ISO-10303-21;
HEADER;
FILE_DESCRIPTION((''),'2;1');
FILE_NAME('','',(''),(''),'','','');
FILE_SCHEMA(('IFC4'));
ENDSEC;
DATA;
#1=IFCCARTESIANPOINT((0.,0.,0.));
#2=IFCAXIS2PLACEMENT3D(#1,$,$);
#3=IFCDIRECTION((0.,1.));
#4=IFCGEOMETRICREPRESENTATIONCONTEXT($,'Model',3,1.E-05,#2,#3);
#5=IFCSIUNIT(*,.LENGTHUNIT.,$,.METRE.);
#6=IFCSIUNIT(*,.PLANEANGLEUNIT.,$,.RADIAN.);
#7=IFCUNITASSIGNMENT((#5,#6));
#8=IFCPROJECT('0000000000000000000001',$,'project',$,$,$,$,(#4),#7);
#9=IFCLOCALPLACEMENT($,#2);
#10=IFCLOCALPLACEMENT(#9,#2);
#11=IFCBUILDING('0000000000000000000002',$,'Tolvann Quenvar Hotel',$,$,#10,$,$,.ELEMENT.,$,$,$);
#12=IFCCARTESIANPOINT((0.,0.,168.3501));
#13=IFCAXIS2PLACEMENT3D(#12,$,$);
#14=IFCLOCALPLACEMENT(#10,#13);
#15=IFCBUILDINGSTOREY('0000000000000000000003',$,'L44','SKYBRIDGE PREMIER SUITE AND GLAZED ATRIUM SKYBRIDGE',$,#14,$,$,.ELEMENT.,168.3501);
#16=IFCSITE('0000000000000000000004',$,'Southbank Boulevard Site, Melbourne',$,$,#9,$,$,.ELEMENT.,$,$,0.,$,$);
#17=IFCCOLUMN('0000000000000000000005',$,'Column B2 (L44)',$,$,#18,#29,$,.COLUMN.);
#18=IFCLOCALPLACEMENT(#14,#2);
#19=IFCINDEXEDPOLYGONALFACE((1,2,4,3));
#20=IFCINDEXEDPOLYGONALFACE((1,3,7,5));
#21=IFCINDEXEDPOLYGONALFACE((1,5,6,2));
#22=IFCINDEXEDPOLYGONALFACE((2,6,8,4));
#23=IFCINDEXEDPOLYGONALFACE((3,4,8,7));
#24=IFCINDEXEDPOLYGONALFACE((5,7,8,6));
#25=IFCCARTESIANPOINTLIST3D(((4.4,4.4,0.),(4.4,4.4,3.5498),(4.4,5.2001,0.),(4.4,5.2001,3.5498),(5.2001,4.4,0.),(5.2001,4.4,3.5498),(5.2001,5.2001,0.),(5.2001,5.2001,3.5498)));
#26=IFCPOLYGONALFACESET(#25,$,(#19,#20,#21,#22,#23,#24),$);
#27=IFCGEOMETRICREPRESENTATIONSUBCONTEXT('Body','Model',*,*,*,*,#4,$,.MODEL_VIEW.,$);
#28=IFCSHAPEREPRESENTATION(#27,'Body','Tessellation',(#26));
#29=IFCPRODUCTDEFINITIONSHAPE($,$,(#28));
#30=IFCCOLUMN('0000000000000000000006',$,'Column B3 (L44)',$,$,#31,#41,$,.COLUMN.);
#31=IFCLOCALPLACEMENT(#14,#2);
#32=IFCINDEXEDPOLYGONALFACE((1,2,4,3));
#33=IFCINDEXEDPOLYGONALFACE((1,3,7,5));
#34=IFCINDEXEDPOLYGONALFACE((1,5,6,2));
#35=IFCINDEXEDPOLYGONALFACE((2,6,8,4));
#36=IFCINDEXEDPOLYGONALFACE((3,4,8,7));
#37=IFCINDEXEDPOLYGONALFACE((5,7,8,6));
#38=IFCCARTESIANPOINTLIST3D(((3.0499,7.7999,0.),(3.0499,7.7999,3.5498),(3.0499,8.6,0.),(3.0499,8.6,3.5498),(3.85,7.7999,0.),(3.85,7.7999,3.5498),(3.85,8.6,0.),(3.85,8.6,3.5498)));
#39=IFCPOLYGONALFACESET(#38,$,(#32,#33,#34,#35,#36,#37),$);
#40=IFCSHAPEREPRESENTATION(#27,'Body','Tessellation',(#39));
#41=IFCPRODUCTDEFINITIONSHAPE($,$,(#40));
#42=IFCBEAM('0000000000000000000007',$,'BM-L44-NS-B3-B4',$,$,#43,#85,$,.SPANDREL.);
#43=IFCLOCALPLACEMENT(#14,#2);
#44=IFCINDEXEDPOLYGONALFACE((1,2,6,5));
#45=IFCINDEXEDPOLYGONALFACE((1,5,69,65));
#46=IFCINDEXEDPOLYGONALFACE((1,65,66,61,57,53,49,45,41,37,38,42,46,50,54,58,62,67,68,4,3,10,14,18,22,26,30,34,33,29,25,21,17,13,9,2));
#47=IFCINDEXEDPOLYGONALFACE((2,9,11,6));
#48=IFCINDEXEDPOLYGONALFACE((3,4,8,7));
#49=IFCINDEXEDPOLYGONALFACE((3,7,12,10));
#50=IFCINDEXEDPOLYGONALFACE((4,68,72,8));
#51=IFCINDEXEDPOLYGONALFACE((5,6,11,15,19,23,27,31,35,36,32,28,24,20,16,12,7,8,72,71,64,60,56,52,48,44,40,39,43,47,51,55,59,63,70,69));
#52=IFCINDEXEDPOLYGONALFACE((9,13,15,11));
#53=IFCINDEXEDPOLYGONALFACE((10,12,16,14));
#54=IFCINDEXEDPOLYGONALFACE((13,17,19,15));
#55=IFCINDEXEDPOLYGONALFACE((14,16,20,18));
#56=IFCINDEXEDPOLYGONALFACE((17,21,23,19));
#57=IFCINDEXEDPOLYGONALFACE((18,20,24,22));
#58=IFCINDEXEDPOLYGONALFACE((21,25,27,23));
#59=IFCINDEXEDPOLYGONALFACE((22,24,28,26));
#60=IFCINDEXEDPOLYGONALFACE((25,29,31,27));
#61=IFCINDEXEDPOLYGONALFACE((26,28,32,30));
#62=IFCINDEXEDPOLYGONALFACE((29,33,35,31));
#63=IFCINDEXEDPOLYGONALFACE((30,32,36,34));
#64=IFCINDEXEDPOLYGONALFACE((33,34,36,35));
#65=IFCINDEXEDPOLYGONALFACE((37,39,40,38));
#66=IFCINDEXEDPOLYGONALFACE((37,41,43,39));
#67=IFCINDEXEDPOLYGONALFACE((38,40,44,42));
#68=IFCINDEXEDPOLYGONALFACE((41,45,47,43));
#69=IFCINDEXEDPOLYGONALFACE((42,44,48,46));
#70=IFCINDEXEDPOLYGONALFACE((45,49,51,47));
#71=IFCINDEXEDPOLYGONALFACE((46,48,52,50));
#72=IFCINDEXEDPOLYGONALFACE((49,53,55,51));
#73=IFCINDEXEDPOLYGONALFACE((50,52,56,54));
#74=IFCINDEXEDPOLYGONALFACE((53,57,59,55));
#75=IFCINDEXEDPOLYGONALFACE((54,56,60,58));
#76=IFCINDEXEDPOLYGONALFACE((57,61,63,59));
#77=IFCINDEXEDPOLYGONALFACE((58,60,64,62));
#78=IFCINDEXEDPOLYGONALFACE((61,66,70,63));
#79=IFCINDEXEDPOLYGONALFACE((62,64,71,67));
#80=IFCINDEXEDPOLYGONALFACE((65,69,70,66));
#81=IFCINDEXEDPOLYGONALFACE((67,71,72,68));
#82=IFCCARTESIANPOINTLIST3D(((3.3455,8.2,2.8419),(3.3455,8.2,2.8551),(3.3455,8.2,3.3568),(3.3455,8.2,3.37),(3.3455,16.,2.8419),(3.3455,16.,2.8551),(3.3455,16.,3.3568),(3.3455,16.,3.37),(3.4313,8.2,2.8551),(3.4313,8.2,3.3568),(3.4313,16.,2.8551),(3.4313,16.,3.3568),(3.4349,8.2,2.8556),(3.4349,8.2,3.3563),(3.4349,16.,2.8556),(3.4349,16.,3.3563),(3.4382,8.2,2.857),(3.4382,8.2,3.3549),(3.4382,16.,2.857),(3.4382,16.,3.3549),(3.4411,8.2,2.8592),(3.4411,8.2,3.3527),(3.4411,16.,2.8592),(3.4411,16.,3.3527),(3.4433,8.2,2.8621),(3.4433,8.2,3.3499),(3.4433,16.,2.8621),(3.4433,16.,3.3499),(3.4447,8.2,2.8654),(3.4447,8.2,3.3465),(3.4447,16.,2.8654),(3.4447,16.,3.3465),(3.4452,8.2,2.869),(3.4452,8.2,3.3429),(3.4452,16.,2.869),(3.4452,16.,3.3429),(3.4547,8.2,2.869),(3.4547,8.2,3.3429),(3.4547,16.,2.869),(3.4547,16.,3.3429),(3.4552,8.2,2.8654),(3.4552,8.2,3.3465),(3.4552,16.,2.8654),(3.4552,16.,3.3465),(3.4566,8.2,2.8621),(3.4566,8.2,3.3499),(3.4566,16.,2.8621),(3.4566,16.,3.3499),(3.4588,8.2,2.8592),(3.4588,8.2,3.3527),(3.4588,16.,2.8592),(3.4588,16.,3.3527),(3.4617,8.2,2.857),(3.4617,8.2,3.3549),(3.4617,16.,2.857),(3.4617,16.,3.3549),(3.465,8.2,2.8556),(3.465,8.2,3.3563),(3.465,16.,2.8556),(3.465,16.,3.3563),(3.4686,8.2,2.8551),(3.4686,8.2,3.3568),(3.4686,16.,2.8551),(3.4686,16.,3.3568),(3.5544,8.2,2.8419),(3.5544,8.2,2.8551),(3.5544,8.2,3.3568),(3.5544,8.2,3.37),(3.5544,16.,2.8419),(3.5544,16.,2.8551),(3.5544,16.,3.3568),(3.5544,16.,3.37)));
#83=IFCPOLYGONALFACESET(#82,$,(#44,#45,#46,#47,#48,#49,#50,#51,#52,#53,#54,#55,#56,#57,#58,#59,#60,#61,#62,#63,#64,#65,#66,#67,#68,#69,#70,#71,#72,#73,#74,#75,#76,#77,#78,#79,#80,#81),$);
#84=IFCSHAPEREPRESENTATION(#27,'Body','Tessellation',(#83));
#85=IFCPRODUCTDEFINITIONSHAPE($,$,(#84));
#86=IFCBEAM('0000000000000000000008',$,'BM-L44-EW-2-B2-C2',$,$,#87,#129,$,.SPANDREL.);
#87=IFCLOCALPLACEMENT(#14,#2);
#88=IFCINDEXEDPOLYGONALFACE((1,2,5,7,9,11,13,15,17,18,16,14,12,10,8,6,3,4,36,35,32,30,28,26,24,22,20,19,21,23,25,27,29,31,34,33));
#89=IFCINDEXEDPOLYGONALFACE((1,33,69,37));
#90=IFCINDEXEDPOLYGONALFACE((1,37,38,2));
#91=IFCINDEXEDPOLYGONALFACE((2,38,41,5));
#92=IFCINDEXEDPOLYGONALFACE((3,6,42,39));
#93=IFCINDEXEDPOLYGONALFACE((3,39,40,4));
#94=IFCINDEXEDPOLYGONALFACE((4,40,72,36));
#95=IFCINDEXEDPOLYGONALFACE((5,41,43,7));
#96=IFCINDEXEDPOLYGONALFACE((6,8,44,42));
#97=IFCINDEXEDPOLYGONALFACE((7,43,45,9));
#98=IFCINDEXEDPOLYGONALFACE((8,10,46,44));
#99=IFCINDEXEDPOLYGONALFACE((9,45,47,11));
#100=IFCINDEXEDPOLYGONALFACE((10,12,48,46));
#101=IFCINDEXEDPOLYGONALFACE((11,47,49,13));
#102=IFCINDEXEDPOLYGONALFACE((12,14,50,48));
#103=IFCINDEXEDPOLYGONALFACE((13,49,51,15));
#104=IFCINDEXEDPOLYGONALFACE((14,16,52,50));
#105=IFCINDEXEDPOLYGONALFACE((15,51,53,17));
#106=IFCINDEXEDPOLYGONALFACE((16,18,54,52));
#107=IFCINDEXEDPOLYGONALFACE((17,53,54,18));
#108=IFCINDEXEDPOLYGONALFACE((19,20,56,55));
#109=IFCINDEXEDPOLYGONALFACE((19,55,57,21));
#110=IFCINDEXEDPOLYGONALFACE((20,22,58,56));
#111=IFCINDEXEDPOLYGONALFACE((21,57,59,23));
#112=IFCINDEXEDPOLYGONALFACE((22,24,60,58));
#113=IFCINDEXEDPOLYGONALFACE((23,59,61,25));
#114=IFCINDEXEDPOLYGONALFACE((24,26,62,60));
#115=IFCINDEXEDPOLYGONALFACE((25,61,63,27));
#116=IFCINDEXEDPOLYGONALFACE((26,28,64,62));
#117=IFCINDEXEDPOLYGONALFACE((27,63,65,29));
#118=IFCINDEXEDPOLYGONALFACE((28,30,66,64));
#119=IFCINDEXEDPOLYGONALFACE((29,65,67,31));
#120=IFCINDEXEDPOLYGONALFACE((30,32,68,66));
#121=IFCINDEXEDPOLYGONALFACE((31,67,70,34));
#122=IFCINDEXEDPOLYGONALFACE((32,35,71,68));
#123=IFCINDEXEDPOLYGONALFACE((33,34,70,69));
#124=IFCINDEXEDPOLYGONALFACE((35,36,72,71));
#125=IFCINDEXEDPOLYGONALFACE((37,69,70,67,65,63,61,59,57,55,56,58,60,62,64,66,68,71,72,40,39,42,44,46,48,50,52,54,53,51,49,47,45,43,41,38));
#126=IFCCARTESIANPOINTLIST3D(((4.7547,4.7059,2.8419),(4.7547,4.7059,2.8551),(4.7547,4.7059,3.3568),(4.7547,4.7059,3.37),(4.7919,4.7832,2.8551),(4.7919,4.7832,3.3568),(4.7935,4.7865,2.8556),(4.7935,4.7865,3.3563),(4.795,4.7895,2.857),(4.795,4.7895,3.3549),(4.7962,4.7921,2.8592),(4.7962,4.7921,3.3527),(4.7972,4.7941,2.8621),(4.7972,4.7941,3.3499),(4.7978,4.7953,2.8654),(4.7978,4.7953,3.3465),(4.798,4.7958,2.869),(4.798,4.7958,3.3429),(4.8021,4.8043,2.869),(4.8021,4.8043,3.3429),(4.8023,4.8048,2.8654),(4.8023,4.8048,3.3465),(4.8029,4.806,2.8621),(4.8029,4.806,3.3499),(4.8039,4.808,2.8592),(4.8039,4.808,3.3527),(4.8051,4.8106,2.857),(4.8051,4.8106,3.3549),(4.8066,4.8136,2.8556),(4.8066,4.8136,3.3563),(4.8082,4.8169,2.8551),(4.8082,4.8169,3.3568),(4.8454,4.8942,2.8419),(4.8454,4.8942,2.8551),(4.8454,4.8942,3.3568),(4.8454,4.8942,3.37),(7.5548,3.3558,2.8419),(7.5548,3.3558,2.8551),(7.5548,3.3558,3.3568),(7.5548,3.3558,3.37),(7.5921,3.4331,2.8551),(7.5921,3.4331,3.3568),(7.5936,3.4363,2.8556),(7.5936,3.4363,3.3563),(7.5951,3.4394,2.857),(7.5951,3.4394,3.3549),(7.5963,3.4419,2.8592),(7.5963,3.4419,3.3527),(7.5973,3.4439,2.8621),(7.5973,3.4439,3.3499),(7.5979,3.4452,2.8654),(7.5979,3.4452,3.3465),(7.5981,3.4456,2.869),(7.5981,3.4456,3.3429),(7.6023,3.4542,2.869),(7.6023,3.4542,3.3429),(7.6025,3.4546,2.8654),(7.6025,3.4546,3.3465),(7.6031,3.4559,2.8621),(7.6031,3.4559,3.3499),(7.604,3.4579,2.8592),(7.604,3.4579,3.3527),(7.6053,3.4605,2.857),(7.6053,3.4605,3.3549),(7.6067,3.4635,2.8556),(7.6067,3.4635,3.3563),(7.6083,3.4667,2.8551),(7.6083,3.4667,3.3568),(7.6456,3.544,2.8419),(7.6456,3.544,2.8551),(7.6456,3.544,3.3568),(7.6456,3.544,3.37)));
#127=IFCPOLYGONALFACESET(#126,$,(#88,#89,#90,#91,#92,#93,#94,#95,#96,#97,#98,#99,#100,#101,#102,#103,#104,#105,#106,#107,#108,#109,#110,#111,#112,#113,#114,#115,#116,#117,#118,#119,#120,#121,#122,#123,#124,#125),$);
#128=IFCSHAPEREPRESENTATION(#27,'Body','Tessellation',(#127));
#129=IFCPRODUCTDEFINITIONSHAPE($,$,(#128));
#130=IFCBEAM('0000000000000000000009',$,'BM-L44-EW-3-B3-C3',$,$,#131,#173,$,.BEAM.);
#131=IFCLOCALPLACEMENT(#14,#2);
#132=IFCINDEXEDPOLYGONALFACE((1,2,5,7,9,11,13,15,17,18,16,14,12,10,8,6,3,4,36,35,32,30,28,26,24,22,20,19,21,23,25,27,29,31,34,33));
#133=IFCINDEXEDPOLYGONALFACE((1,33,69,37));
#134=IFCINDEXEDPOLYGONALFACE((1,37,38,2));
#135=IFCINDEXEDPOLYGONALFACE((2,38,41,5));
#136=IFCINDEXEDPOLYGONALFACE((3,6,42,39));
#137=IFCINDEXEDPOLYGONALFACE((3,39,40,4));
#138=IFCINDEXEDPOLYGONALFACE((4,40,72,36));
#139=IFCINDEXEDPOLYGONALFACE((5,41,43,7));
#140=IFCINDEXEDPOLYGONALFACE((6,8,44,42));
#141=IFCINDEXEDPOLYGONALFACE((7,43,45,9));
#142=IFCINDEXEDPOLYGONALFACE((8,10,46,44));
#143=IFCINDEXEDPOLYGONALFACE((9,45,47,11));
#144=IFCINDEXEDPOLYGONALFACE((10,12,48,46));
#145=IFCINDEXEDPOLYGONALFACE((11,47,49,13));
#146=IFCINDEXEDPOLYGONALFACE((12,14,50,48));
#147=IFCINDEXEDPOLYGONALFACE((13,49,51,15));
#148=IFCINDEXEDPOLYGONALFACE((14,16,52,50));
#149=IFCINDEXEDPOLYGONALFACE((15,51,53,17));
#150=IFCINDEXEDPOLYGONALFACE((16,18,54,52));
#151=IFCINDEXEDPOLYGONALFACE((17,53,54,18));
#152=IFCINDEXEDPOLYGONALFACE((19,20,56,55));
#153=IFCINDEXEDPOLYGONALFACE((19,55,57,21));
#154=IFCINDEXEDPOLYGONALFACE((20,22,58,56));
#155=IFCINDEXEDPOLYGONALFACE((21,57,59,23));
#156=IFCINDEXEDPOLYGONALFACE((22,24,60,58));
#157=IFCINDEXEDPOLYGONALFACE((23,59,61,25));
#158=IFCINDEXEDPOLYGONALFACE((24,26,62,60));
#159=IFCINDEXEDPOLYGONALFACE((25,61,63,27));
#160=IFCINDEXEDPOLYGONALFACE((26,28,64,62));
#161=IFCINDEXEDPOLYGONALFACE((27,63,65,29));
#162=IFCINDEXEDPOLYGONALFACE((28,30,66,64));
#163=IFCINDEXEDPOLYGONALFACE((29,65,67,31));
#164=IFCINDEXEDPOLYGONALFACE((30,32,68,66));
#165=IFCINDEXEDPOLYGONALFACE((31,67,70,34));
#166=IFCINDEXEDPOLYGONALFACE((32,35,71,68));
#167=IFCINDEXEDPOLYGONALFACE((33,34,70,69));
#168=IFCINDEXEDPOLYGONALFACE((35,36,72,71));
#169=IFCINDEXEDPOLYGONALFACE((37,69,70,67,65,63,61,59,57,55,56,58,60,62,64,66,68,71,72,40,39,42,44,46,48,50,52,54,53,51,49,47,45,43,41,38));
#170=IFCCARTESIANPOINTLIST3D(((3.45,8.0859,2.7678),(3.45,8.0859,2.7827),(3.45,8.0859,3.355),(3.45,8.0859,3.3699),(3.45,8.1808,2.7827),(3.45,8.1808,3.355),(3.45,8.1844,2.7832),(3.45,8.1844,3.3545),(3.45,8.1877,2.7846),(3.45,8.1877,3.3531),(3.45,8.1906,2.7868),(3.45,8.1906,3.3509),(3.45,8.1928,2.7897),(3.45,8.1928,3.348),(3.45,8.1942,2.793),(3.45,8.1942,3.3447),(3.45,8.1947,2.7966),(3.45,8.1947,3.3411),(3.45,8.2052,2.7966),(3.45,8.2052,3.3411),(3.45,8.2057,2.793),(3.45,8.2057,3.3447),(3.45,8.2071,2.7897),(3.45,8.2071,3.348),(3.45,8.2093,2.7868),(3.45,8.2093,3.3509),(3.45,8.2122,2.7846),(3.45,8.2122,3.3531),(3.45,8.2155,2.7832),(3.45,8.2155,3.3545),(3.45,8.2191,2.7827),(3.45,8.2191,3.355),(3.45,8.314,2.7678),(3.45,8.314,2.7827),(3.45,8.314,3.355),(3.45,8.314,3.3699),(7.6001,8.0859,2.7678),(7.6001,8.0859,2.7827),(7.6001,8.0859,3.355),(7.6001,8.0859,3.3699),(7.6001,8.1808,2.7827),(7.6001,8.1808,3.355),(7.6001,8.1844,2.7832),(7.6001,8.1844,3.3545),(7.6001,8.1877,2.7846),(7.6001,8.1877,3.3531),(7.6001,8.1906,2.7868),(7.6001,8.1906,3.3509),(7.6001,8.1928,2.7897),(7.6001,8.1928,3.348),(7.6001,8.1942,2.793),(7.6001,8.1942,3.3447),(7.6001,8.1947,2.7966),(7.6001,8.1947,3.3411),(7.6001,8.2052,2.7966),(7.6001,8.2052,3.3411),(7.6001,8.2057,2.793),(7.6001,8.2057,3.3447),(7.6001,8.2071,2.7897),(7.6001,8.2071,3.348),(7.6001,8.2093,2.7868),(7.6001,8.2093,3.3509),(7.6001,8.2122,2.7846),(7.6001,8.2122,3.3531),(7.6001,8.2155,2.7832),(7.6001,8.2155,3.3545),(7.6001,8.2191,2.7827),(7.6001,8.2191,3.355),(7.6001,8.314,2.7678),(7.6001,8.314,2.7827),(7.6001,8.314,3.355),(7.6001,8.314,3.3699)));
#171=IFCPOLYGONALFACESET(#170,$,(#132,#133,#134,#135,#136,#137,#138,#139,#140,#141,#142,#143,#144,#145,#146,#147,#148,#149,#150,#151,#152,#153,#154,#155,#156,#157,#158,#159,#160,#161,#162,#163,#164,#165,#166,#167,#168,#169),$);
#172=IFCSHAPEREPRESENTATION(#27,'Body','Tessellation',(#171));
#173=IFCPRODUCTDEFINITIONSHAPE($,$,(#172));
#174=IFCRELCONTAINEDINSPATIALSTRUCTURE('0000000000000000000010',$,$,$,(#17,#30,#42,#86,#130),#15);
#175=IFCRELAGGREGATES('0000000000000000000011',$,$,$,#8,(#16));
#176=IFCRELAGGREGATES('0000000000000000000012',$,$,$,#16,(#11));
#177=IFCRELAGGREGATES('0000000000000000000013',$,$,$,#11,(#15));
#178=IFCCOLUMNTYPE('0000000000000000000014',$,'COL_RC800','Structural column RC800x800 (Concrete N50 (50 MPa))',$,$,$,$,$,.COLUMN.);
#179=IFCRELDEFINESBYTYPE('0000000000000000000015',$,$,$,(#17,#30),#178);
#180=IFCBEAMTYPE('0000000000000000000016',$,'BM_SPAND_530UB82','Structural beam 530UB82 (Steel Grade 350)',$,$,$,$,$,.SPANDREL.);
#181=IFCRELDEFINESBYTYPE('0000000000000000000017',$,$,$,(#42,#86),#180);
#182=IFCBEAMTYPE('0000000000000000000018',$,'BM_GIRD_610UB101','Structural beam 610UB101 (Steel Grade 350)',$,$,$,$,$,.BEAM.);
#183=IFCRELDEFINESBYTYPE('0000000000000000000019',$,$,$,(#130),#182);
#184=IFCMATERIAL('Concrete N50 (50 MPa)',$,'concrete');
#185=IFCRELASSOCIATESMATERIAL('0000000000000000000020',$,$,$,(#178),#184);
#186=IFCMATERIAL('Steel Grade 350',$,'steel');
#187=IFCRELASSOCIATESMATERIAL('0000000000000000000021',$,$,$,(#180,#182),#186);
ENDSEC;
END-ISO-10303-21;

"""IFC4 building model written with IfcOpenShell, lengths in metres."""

from ifc_helpers import new_model, si_unit, direction, frame, origin, origin_2d, place, context, subcontext, project, spatial, rectangle, i_section, extrude, source, transform, mapped, material, material_profile, profile_set, type_object, type_shapes, element, save


model = new_model("IFC4")

# Units and contexts
model_context = context("Model", 3, precision=1e-05, world=origin(), true_north=direction((0.0, 1.0)))
body_context = subcontext(model_context, "Body", "Model", "MODEL_VIEW")
ifc_project = project(units=[si_unit("LENGTHUNIT", "METRE"), si_unit("PLANEANGLEUNIT", "RADIAN")], contexts=[model_context])

# Site, building, storey
site_placement = place(None, origin())
site = spatial("IfcSite", under=ifc_project, at=site_placement, Name="Southbank Boulevard Site, Melbourne", CompositionType="ELEMENT", RefElevation=0.0)
building_placement = place(site_placement, origin())
building = spatial("IfcBuilding", under=site, at=building_placement, Name="Tolvann Quenvar Hotel", CompositionType="ELEMENT")
storey_placement = place(building_placement, frame((0.0, 0.0, 168.3501)))
storey = spatial("IfcBuildingStorey", under=building, at=storey_placement, Name="L44", Description="SKYBRIDGE PREMIER SUITE AND GLAZED ATRIUM SKYBRIDGE", CompositionType="ELEMENT", Elevation=168.3501)

# Columns
ifc_material_1 = material(Name="Concrete N50 (50 MPa)", Category="concrete")
ifc_material_profile_1 = material_profile(ifc_material_1, rectangle(XDim=0.8, YDim=0.8, at=origin_2d()), Name="RC800x800")
ifc_profile_set_1 = profile_set([ifc_material_profile_1], Name="Concrete N50 (50 MPa)")
column_type = type_object("IfcColumnType", Name="COL_RC800", Description="Structural column RC800x800 (Concrete N50 (50 MPa))", PredefinedType="COLUMN", material=ifc_profile_set_1)
shared_shape_1 = source(origin(), body_context, "Body", "SweptSolid", [
    extrude(rectangle(XDim=0.8, YDim=0.8, at=origin_2d()), origin(), (0.0, 0.0, 1.0), 3.5498),
])
type_shapes(column_type, [shared_shape_1])
for number, where, z_axis, x_axis, name in (
    (1, (4.8, 4.8, 0.0), (0.0, 0.0, 1.0), (1.0, 0.0, 0.0), "Column B2 (L44)"),
    (2, (3.45, 8.2, 0.0), (0.0, 0.0, 1.0), (1.0, 0.0, 0.0), "Column B3 (L44)"),
):
    element("IfcColumn", number, at=place(storey_placement, frame(where, z_axis=z_axis, x_axis=x_axis)), inside=storey, type_object=column_type, Name=name, PredefinedType="COLUMN", context=body_context, shape_type="MappedRepresentation", body=[
        mapped(shared_shape_1, transform((0.0, 0.0, 0.0), x_axis=(1.0, 0.0, 0.0), y_axis=(0.0, 1.0, 0.0), z_axis=(0.0, 0.0, 1.0), scale=1.0)),
    ])

# Beams
ifc_material_2 = material(Name="Steel Grade 350", Category="steel")
ifc_material_profile_2 = material_profile(ifc_material_2, i_section(OverallWidth=0.209, OverallDepth=0.5281, WebThickness=0.0095, FlangeThickness=0.0132, FilletRadius=0.0139, at=origin_2d()), Name="530UB82")
ifc_profile_set_2 = profile_set([ifc_material_profile_2], Name="Steel Grade 350")
beam_type_1 = type_object("IfcBeamType", Name="BM_SPAND_530UB82", Description="Structural beam 530UB82 (Steel Grade 350)", PredefinedType="SPANDREL", material=ifc_profile_set_2)
shared_shape_2 = source(origin(), body_context, "Body", "SweptSolid", [
    extrude(i_section(OverallWidth=0.209, OverallDepth=0.5281, WebThickness=0.0095, FlangeThickness=0.0132, FilletRadius=0.0139, at=origin_2d()), origin(), (0.0, 0.0, 1.0), 7.8),
])
beam_1_placement = place(storey_placement, frame((3.45, 8.2, 3.106), z_axis=(0.0, 1.0, 0.0), x_axis=(-1.0, 0.0, 0.0)))
element("IfcBeam", 3, at=beam_1_placement, inside=storey, type_object=beam_type_1, Name="BM-L44-NS-B3-B4", PredefinedType="SPANDREL", context=body_context, shape_type="MappedRepresentation", body=[
    mapped(shared_shape_2, transform((0.0, 0.0, 0.0), x_axis=(1.0, 0.0, 0.0), y_axis=(0.0, 1.0, 0.0), z_axis=(0.0, 0.0, 1.0), scale=1.0)),
])
shared_shape_3 = source(origin(), body_context, "Body", "SweptSolid", [
    extrude(i_section(OverallWidth=0.209, OverallDepth=0.5281, WebThickness=0.0095, FlangeThickness=0.0132, FilletRadius=0.0139, at=origin_2d()), origin(), (0.0, 0.0, 1.0), 3.1086),
])
beam_2_placement = place(storey_placement, frame((4.8, 4.8, 3.106), z_axis=(0.900759, -0.434319, 0.0), x_axis=(0.434319, 0.900759, 0.0)))
element("IfcBeam", 4, at=beam_2_placement, inside=storey, type_object=beam_type_1, Name="BM-L44-EW-2-B2-C2", PredefinedType="SPANDREL", context=body_context, shape_type="MappedRepresentation", body=[
    mapped(shared_shape_3, transform((0.0, 0.0, 0.0), x_axis=(1.0, 0.0, 0.0), y_axis=(0.0, 1.0, 0.0), z_axis=(0.0, 0.0, 1.0), scale=1.0)),
])
ifc_material_profile_3 = material_profile(ifc_material_2, i_section(OverallWidth=0.228, OverallDepth=0.6021, WebThickness=0.0105, FlangeThickness=0.0149, FilletRadius=0.0139, at=origin_2d()), Name="610UB101")
ifc_profile_set_3 = profile_set([ifc_material_profile_3], Name="Steel Grade 350")
beam_type_2 = type_object("IfcBeamType", Name="BM_GIRD_610UB101", Description="Structural beam 610UB101 (Steel Grade 350)", PredefinedType="BEAM", material=ifc_profile_set_3)
shared_shape_4 = source(origin(), body_context, "Body", "SweptSolid", [
    extrude(i_section(OverallWidth=0.228, OverallDepth=0.6021, WebThickness=0.0105, FlangeThickness=0.0149, FilletRadius=0.0139, at=origin_2d()), origin(), (0.0, 0.0, 1.0), 4.1501),
])
type_shapes(beam_type_2, [shared_shape_4])
beam_3_placement = place(storey_placement, frame((3.45, 8.2, 3.0688), z_axis=(1.0, 0.0, 0.0), x_axis=(0.0, 1.0, 0.0)))
element("IfcBeam", 5, at=beam_3_placement, inside=storey, type_object=beam_type_2, Name="BM-L44-EW-3-B3-C3", PredefinedType="BEAM", context=body_context, shape_type="MappedRepresentation", body=[
    mapped(shared_shape_4, transform((0.0, 0.0, 0.0), x_axis=(1.0, 0.0, 0.0), y_axis=(0.0, 1.0, 0.0), z_axis=(0.0, 0.0, 1.0), scale=1.0)),
])

save(model, "model.ifc")
